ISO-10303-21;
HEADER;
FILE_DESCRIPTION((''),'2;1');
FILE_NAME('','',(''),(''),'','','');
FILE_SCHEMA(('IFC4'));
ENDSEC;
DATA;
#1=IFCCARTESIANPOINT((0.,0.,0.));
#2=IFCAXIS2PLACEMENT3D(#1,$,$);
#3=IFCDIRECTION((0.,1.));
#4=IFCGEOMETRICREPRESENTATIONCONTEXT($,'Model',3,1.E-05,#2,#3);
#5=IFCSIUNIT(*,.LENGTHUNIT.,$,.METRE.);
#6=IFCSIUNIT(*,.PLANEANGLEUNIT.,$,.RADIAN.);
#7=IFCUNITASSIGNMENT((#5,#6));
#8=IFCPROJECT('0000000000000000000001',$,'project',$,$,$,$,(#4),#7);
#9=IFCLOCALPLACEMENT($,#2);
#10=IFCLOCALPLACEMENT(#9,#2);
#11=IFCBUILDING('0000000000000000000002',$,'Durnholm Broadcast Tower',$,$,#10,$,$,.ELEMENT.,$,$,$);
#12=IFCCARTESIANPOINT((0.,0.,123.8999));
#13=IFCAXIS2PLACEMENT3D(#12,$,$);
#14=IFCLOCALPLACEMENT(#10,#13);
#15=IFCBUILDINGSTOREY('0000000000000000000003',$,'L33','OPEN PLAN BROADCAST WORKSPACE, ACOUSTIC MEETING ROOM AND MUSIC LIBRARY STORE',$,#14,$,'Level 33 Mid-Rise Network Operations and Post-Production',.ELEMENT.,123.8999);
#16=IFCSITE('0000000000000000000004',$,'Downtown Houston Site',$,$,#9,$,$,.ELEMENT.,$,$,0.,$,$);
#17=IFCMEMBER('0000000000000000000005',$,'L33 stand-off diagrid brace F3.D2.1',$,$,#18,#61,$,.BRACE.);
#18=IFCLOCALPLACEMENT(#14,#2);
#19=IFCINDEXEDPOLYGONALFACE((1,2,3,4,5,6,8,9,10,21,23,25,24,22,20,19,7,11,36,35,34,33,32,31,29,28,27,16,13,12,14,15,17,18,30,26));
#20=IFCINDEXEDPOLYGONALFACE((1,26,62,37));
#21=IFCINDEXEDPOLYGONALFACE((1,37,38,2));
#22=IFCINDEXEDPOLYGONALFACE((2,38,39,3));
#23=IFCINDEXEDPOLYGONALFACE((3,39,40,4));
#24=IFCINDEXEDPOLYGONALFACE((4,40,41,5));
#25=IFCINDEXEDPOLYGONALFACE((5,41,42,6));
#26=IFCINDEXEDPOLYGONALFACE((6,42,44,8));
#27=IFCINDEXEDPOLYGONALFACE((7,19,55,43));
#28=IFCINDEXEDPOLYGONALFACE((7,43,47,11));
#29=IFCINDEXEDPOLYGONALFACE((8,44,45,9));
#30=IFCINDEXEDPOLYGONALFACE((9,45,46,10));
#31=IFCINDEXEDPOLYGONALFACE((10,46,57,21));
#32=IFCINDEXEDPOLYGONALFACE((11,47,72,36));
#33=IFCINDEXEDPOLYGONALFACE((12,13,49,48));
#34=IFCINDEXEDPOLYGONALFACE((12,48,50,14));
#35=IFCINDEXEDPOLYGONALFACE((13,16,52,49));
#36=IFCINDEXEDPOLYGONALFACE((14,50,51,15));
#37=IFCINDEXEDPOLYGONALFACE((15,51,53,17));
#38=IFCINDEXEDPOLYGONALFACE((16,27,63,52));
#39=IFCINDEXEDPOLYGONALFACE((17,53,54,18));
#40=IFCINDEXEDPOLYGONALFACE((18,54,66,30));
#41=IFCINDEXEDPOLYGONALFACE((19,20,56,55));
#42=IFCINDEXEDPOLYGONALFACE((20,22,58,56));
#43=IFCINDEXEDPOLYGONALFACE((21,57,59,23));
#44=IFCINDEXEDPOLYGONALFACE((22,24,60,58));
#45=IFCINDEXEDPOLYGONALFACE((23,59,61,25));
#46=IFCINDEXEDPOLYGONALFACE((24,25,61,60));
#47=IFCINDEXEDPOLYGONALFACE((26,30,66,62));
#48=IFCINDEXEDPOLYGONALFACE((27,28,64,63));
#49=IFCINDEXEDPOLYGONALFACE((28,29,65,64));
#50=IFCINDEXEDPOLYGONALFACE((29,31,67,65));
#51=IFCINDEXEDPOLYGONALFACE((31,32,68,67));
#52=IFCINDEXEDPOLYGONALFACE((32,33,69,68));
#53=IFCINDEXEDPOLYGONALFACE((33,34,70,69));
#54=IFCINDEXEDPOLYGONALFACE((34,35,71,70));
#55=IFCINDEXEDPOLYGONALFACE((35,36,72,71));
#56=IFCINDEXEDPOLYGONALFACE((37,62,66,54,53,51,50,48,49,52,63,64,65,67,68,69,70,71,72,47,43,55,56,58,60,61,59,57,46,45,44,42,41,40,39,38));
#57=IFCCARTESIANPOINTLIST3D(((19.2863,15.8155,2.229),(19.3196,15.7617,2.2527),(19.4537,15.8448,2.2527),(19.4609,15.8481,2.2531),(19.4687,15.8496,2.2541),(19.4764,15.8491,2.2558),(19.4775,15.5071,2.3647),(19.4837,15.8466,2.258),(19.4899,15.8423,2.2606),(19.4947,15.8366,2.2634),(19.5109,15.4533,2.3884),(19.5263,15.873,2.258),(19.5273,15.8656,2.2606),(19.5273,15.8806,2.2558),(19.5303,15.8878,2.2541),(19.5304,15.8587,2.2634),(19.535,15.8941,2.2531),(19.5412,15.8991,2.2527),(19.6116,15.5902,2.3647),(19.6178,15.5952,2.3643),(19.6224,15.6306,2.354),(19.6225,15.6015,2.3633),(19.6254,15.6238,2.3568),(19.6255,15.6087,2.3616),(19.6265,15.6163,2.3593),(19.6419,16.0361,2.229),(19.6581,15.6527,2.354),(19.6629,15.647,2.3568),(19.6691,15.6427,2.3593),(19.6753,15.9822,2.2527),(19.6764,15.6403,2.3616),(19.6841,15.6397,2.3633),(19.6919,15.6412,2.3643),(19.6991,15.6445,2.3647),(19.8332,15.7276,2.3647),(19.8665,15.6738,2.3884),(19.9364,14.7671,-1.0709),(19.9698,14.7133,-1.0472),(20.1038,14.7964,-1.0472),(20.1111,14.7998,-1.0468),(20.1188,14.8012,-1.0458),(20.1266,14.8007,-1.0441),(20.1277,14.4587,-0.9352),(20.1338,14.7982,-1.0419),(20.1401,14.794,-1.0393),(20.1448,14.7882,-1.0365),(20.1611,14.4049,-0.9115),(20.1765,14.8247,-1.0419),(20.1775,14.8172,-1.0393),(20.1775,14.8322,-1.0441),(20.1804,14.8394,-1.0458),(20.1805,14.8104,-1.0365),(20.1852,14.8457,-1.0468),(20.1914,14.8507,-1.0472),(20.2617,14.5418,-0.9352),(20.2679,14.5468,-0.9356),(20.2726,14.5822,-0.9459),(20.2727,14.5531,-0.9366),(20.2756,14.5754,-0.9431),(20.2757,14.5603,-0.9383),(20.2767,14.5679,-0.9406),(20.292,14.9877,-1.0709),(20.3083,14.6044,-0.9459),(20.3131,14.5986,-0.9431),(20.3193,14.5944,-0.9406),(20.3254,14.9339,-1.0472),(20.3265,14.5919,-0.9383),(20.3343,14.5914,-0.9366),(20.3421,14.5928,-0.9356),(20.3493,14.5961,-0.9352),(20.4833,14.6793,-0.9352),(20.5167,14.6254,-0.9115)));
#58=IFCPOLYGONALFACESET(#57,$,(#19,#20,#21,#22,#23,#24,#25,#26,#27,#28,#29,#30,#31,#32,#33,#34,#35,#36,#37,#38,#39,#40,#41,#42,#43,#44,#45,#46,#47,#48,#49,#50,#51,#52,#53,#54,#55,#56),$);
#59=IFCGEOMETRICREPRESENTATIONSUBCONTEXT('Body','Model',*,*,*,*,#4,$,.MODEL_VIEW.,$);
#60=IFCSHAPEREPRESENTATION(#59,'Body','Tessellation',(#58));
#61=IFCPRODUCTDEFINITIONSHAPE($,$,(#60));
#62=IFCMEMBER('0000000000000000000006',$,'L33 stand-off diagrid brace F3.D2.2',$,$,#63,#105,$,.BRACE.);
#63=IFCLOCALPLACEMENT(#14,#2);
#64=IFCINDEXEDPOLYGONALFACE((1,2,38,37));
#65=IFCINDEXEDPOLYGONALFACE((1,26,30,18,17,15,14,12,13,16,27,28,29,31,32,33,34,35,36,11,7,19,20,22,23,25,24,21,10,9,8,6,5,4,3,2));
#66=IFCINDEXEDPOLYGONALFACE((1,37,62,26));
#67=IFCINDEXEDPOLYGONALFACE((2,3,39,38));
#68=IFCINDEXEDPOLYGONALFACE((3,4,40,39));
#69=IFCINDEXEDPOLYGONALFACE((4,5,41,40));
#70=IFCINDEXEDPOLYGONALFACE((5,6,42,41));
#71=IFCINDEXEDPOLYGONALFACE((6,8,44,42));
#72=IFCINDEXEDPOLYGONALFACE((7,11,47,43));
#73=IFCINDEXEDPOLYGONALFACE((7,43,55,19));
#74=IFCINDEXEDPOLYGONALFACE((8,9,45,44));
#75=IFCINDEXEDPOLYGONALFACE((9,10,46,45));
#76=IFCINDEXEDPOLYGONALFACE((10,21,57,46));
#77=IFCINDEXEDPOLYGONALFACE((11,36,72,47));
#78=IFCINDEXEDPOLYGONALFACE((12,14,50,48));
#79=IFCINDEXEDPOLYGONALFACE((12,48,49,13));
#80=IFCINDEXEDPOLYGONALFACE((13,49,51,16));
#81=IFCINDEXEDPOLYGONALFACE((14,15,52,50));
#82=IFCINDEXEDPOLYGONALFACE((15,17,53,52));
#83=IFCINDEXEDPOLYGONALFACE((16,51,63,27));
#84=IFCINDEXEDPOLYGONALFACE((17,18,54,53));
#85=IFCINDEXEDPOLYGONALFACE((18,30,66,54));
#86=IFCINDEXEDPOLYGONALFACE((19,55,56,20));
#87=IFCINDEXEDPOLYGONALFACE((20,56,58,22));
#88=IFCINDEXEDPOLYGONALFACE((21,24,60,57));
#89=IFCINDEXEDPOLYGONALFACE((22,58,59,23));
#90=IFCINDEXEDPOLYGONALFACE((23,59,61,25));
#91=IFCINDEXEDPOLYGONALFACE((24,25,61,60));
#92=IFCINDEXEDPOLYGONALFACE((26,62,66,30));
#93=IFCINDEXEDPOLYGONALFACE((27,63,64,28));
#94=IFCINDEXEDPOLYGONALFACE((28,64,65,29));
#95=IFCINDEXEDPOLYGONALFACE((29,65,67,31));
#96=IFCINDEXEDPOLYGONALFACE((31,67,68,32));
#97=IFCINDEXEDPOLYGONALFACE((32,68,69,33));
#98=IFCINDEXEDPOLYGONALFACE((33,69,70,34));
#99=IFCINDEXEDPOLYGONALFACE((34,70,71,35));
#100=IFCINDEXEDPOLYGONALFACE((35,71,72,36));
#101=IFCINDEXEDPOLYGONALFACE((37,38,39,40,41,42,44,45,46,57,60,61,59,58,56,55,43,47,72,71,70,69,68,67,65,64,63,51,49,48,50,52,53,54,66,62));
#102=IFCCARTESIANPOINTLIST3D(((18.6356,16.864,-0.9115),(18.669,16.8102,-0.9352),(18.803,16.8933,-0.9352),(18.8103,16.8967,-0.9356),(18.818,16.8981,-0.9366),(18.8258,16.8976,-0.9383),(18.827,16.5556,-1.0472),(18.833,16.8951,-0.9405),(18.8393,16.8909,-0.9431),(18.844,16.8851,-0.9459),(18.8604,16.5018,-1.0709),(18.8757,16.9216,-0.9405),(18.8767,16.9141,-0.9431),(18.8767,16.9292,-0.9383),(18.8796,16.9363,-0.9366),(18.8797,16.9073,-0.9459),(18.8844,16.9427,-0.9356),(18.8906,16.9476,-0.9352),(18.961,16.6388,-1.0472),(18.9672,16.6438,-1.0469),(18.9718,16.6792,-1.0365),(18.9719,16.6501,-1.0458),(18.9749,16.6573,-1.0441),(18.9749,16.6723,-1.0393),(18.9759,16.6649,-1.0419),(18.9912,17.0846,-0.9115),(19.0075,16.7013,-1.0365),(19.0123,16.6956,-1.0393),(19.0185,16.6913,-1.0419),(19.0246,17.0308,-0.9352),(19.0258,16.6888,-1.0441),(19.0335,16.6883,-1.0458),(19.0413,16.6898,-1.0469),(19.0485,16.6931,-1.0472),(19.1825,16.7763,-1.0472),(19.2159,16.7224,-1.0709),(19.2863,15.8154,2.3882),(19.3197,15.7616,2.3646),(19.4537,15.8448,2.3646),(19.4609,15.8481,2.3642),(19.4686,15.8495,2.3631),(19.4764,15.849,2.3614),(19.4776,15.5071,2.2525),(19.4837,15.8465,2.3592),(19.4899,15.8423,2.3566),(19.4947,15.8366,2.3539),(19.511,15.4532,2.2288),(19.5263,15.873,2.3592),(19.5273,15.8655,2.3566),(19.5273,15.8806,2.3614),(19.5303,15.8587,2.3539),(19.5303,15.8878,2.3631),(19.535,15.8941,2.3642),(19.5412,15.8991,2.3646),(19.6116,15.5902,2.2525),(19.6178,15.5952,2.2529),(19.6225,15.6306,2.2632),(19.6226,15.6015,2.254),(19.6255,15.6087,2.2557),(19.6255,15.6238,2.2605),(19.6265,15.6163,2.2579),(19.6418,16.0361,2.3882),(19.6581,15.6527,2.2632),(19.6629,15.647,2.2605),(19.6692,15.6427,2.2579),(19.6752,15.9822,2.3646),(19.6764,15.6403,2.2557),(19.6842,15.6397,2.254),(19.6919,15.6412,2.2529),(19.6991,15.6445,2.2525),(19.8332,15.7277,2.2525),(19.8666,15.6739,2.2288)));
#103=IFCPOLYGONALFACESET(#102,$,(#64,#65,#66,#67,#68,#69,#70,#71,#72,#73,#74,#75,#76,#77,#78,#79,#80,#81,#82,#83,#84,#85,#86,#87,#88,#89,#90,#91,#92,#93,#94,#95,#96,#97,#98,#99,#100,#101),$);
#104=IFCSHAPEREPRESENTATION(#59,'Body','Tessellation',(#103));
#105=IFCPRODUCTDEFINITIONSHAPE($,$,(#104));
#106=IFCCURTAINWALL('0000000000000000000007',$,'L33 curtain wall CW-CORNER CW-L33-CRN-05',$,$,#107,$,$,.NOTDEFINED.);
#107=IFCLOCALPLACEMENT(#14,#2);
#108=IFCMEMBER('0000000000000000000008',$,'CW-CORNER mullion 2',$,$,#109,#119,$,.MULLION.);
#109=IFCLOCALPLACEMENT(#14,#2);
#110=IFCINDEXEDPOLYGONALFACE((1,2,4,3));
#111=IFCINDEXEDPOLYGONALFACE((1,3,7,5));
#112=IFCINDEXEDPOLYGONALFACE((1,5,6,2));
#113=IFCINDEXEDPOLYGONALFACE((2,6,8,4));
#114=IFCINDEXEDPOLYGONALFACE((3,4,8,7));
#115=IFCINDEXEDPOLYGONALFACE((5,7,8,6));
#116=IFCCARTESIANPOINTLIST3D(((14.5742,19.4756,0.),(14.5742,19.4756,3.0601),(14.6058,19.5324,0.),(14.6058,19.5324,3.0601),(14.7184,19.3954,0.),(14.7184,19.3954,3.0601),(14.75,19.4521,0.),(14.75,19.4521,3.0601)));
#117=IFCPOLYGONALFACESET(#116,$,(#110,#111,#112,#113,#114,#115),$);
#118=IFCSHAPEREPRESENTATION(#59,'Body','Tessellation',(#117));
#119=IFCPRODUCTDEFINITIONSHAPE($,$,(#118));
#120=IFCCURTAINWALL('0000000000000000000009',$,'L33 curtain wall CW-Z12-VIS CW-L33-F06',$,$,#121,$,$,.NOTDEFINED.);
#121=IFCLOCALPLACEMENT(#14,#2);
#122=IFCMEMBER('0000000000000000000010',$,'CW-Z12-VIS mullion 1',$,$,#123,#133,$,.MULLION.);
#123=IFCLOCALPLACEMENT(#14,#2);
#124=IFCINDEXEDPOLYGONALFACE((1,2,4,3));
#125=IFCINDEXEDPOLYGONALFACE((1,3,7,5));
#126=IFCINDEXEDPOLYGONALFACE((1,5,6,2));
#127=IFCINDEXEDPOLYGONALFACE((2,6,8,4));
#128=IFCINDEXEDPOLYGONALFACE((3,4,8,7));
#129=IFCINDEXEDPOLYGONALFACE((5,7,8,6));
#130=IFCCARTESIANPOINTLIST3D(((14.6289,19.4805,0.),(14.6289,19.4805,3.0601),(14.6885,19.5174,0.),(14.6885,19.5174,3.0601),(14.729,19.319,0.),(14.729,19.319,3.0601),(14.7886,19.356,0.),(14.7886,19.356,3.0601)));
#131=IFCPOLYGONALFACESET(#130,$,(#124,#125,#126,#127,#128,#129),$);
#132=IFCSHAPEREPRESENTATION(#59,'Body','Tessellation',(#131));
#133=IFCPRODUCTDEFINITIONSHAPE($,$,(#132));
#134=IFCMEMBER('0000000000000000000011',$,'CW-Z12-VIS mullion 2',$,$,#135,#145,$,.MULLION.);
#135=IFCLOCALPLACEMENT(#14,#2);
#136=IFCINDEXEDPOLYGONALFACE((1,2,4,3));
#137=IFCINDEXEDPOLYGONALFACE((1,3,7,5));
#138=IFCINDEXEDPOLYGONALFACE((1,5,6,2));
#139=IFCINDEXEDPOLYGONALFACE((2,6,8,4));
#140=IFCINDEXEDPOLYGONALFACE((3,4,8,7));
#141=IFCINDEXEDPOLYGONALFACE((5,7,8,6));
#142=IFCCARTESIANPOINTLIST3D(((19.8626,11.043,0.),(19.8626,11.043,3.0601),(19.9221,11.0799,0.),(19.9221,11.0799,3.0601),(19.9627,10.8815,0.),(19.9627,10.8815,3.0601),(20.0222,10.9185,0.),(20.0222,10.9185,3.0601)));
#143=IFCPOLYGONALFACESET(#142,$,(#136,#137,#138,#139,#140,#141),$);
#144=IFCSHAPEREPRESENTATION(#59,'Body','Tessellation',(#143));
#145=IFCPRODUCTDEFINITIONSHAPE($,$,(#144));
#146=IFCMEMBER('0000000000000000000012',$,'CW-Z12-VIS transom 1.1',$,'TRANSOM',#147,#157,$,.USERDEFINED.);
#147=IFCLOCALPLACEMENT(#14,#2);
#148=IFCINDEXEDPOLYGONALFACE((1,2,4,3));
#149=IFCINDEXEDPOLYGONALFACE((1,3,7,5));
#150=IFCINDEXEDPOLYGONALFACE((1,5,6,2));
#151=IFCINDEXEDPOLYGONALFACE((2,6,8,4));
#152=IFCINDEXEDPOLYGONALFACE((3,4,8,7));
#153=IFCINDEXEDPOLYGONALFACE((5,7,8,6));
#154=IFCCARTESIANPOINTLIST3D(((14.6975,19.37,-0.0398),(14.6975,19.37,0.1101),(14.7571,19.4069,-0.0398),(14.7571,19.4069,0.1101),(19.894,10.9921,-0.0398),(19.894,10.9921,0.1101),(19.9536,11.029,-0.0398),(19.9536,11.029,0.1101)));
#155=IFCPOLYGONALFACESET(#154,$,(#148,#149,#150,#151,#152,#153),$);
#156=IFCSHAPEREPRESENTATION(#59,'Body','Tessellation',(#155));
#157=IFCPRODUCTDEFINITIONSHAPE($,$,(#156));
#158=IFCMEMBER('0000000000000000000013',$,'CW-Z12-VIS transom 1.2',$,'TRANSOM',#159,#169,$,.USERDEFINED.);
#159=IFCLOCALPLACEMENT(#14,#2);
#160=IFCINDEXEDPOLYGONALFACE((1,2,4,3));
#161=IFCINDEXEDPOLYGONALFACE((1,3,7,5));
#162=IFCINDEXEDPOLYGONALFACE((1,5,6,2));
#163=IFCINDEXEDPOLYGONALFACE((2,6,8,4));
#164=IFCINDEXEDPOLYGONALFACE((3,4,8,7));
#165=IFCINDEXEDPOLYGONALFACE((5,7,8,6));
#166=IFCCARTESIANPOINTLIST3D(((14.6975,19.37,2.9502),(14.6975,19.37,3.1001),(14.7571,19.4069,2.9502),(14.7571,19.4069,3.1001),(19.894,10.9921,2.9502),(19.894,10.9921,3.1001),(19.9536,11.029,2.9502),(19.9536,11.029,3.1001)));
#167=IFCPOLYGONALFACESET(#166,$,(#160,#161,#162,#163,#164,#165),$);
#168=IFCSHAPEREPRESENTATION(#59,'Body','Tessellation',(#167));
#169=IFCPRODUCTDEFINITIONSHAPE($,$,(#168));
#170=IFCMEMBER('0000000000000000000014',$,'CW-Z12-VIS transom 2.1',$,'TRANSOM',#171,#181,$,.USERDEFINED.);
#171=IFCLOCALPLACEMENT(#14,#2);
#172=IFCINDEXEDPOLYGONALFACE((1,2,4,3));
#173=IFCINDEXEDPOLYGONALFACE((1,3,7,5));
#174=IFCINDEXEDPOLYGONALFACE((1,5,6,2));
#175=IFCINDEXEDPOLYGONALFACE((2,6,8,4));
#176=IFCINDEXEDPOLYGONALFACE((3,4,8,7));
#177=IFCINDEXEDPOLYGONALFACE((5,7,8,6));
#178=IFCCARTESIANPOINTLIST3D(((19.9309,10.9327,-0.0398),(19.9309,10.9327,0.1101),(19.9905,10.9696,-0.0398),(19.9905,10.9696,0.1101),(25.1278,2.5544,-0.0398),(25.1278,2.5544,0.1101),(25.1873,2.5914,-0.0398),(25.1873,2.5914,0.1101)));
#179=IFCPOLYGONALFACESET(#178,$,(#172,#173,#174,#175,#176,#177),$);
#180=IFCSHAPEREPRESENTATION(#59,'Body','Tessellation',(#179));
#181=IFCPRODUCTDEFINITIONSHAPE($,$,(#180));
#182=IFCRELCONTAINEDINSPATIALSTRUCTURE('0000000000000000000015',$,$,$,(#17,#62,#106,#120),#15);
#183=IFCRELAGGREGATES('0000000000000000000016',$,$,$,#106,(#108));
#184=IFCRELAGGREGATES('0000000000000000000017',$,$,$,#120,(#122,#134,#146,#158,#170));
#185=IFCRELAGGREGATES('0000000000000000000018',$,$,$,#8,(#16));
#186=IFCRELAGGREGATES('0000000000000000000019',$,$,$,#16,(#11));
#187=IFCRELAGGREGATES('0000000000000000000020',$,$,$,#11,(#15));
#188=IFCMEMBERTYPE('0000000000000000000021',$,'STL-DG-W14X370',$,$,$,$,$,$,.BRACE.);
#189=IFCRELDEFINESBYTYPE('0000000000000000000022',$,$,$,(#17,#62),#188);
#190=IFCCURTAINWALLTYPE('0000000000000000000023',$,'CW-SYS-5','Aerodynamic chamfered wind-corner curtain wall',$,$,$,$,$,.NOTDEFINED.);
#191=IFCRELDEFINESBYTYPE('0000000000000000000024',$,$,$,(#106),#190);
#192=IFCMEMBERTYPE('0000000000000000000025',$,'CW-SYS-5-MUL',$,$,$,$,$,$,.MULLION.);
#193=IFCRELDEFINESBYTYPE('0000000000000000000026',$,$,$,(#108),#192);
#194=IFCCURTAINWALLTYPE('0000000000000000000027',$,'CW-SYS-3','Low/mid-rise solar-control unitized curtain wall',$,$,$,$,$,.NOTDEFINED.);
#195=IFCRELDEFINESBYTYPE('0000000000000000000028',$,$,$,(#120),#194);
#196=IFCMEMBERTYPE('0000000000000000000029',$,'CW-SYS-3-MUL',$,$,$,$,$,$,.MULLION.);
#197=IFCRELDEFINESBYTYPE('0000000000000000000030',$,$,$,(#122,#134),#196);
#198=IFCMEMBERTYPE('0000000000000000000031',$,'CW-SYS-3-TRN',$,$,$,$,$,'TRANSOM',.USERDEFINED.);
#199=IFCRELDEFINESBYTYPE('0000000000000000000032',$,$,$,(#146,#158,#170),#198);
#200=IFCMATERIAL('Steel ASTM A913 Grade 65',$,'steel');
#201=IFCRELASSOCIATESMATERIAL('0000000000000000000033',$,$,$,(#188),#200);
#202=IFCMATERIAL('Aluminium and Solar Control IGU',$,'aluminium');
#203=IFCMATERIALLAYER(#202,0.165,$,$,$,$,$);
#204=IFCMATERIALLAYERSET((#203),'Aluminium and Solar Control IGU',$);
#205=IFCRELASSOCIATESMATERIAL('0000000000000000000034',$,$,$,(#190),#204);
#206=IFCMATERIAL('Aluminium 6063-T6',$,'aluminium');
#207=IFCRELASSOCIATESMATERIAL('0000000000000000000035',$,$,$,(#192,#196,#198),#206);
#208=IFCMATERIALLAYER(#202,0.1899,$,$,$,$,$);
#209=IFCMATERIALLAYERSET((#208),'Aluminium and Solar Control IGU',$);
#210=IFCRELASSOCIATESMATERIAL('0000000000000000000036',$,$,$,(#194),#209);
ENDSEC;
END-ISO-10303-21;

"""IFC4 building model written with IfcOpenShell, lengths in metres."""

from ifc_helpers import new_model, si_unit, direction, frame, origin, origin_2d, place, context, subcontext, project, spatial, rectangle, i_section, extrude, source, transform, mapped, material, layer, layer_set, material_profile, profile_set, type_object, type_shapes, element, aggregate, save


model = new_model("IFC4")

# Units and contexts
model_context = context("Model", 3, precision=1e-05, world=origin(), true_north=direction((0.0, 1.0)))
body_context = subcontext(model_context, "Body", "Model", "MODEL_VIEW")
ifc_project = project(units=[si_unit("LENGTHUNIT", "METRE"), si_unit("PLANEANGLEUNIT", "RADIAN")], contexts=[model_context])

# Site, building, storey
site_placement = place(None, origin())
site = spatial("IfcSite", under=ifc_project, at=site_placement, Name="Downtown Houston Site", CompositionType="ELEMENT", RefElevation=0.0)
building_placement = place(site_placement, origin())
building = spatial("IfcBuilding", under=site, at=building_placement, Name="Durnholm Broadcast Tower", CompositionType="ELEMENT")
storey_placement = place(building_placement, frame((0.0, 0.0, 123.8999)))
storey = spatial("IfcBuildingStorey", under=building, at=storey_placement, Name="L33", Description="OPEN PLAN BROADCAST WORKSPACE, ACOUSTIC MEETING ROOM AND MUSIC LIBRARY STORE", LongName="Level 33 Mid-Rise Network Operations and Post-Production", CompositionType="ELEMENT", Elevation=123.8999)

# Members
ifc_material_1 = material(Name="Steel ASTM A913 Grade 65", Category="steel")
ifc_material_profile_1 = material_profile(ifc_material_1, i_section(OverallWidth=0.4185, OverallDepth=0.4551, WebThickness=0.042, FlangeThickness=0.0676, FilletRadius=0.0305, at=origin_2d()), Name="W14X370")
ifc_profile_set_1 = profile_set([ifc_material_profile_1], Name="Steel ASTM A913 Grade 65")
member_type_1 = type_object("IfcMemberType", Name="STL-DG-W14X370", PredefinedType="BRACE", material=ifc_profile_set_1)
shared_shape_1 = source(origin(), body_context, "Body", "SweptSolid", [
    extrude(i_section(OverallWidth=0.4185, OverallDepth=0.4551, WebThickness=0.042, FlangeThickness=0.0676, FilletRadius=0.0305, at=origin_2d()), origin(), (0.0, 0.0, 1.0), 3.5229),
])
type_shapes(member_type_1, [shared_shape_1])
for number, where, z_axis, x_axis, name in (
    (1, (20.2266, 14.6963, -0.9912), (-0.184552, 0.297584, 0.936688), (-0.849839, -0.527043, 0.0), "L33 stand-off diagrid brace F3.D2.1"),
    (2, (18.9258, 16.7932, -0.9912), (0.184682, -0.297639, 0.936645), (0.849717, 0.52724, 0.0), "L33 stand-off diagrid brace F3.D2.2"),
):
    element("IfcMember", number, at=place(storey_placement, frame(where, z_axis=z_axis, x_axis=x_axis)), inside=storey, type_object=member_type_1, Name=name, PredefinedType="BRACE", context=body_context, shape_type="MappedRepresentation", body=[
        mapped(shared_shape_1, transform((0.0, 0.0, 0.0), x_axis=(1.0, 0.0, 0.0), y_axis=(0.0, 1.0, 0.0), z_axis=(0.0, 0.0, 1.0), scale=1.0)),
    ])

# Curtain wall, member
ifc_material_2 = material(Name="Aluminium and Solar Control IGU", Category="aluminium")
ifc_layer_1 = layer(ifc_material_2, 0.165)
ifc_layer_set_1 = layer_set([ifc_layer_1], Name="Aluminium and Solar Control IGU")
curtain_wall_type_1 = type_object("IfcCurtainWallType", Name="CW-SYS-5", Description="Aerodynamic chamfered wind-corner curtain wall", PredefinedType="NOTDEFINED", material=ifc_layer_set_1)
curtain_wall_1_placement = place(storey_placement, origin())
curtain_wall_1 = element("IfcCurtainWall", 3, at=curtain_wall_1_placement, inside=storey, type_object=curtain_wall_type_1, Name="L33 curtain wall CW-CORNER CW-L33-CRN-05", PredefinedType="NOTDEFINED")
ifc_material_3 = material(Name="Aluminium 6063-T6", Category="aluminium")
ifc_material_profile_2 = material_profile(ifc_material_3, rectangle(XDim=0.0649, YDim=0.165, at=origin_2d()), Name="CWM65X165")
ifc_profile_set_2 = profile_set([ifc_material_profile_2], Name="Aluminium 6063-T6")
member_type_2 = type_object("IfcMemberType", Name="CW-SYS-5-MUL", PredefinedType="MULLION", material=ifc_profile_set_2)
shared_shape_2 = source(origin(), body_context, "Body", "SweptSolid", [
    extrude(rectangle(XDim=0.0649, YDim=0.165, at=origin_2d()), origin(), (0.0, 0.0, 1.0), 3.0601),
])
type_shapes(member_type_2, [shared_shape_2])
member_1_placement = place(storey_placement, frame((14.6621, 19.4639, 0.0), z_axis=(0.0, 0.0, 1.0), x_axis=(0.486244, 0.873823, 0.0)))
member_1 = element("IfcMember", 4, at=member_1_placement, type_object=member_type_2, Name="CW-CORNER mullion 2", PredefinedType="MULLION", context=body_context, shape_type="MappedRepresentation", body=[
    mapped(shared_shape_2, transform((0.0, 0.0, 0.0), x_axis=(1.0, 0.0, 0.0), y_axis=(0.0, 1.0, 0.0), z_axis=(0.0, 0.0, 1.0), scale=1.0)),
])

# Curtain wall, members
ifc_layer_2 = layer(ifc_material_2, 0.1899)
ifc_layer_set_2 = layer_set([ifc_layer_2], Name="Aluminium and Solar Control IGU")
curtain_wall_type_2 = type_object("IfcCurtainWallType", Name="CW-SYS-3", Description="Low/mid-rise solar-control unitized curtain wall", PredefinedType="NOTDEFINED", material=ifc_layer_set_2)
curtain_wall_2_placement = place(storey_placement, origin())
curtain_wall_2 = element("IfcCurtainWall", 5, at=curtain_wall_2_placement, inside=storey, type_object=curtain_wall_type_2, Name="L33 curtain wall CW-Z12-VIS CW-L33-F06", PredefinedType="NOTDEFINED")
ifc_material_profile_3 = material_profile(ifc_material_3, rectangle(XDim=0.0701, YDim=0.1899, at=origin_2d()), Name="CWM70X190")
ifc_profile_set_3 = profile_set([ifc_material_profile_3], Name="Aluminium 6063-T6")
member_type_3 = type_object("IfcMemberType", Name="CW-SYS-3-MUL", PredefinedType="MULLION", material=ifc_profile_set_3)
shared_shape_3 = source(origin(), body_context, "Body", "SweptSolid", [
    extrude(rectangle(XDim=0.0701, YDim=0.1899, at=origin_2d()), origin(), (0.0, 0.0, 1.0), 3.0601),
])
type_shapes(member_type_3, [shared_shape_3])
member_2_placement = place(storey_placement, frame((14.7087, 19.4182, 0.0), z_axis=(0.0, 0.0, 1.0), x_axis=(0.8498, 0.527105, 0.0)))
member_2 = element("IfcMember", 6, at=member_2_placement, type_object=member_type_3, Name="CW-Z12-VIS mullion 1", PredefinedType="MULLION", context=body_context, shape_type="MappedRepresentation", body=[
    mapped(shared_shape_3, transform((0.0, 0.0, 0.0), x_axis=(1.0, 0.0, 0.0), y_axis=(0.0, 1.0, 0.0), z_axis=(0.0, 0.0, 1.0), scale=1.0)),
])
member_3_placement = place(storey_placement, frame((19.9424, 10.9807, 0.0), z_axis=(0.0, 0.0, 1.0), x_axis=(0.8498, 0.527105, 0.0)))
member_3 = element("IfcMember", 7, at=member_3_placement, type_object=member_type_3, Name="CW-Z12-VIS mullion 2", PredefinedType="MULLION", context=body_context, shape_type="MappedRepresentation", body=[
    mapped(shared_shape_3, transform((0.0, 0.0, 0.0), x_axis=(1.0, 0.0, 0.0), y_axis=(0.0, 1.0, 0.0), z_axis=(0.0, 0.0, 1.0), scale=1.0)),
])
ifc_material_profile_4 = material_profile(ifc_material_3, rectangle(XDim=0.0701, YDim=0.1499, at=origin_2d()), Name="CWT70X150")
ifc_profile_set_4 = profile_set([ifc_material_profile_4], Name="Aluminium 6063-T6")
member_type_4 = type_object("IfcMemberType", Name="CW-SYS-3-TRN", ElementType="TRANSOM", PredefinedType="USERDEFINED", material=ifc_profile_set_4)
shared_shape_4 = source(origin(), body_context, "Body", "SweptSolid", [
    extrude(rectangle(XDim=0.0701, YDim=0.1499, at=origin_2d()), origin(), (0.0, 0.0, 1.0), 9.8586),
])
member_4_placement = place(storey_placement, frame((14.7273, 19.3884, 0.0352), z_axis=(0.527102, -0.849802, 0.0), x_axis=(0.849802, 0.527102, 0.0)))
member_4 = element("IfcMember", 8, at=member_4_placement, type_object=member_type_4, Name="CW-Z12-VIS transom 1.1", ObjectType="TRANSOM", PredefinedType="USERDEFINED", context=body_context, shape_type="MappedRepresentation", body=[
    mapped(shared_shape_4, transform((0.0, 0.0, 0.0), x_axis=(1.0, 0.0, 0.0), y_axis=(0.0, 1.0, 0.0), z_axis=(0.0, 0.0, 1.0), scale=1.0)),
])
member_5_placement = place(storey_placement, frame((14.7273, 19.3884, 3.0251), z_axis=(0.527102, -0.849802, 0.0), x_axis=(0.849802, 0.527102, 0.0)))
member_5 = element("IfcMember", 9, at=member_5_placement, type_object=member_type_4, Name="CW-Z12-VIS transom 1.2", ObjectType="TRANSOM", PredefinedType="USERDEFINED", context=body_context, shape_type="MappedRepresentation", body=[
    mapped(shared_shape_4, transform((0.0, 0.0, 0.0), x_axis=(1.0, 0.0, 0.0), y_axis=(0.0, 1.0, 0.0), z_axis=(0.0, 0.0, 1.0), scale=1.0)),
])
shared_shape_5 = source(origin(), body_context, "Body", "SweptSolid", [
    extrude(rectangle(XDim=0.0701, YDim=0.1499, at=origin_2d()), origin(), (0.0, 0.0, 1.0), 9.8591),
])
type_shapes(member_type_4, [shared_shape_4, shared_shape_5])
member_6_placement = place(storey_placement, frame((19.9607, 10.9512, 0.0352), z_axis=(0.527109, -0.849798, 0.0), x_axis=(0.849798, 0.527109, 0.0)))
member_6 = element("IfcMember", 10, at=member_6_placement, type_object=member_type_4, Name="CW-Z12-VIS transom 2.1", ObjectType="TRANSOM", PredefinedType="USERDEFINED", context=body_context, shape_type="MappedRepresentation", body=[
    mapped(shared_shape_5, transform((0.0, 0.0, 0.0), x_axis=(1.0, 0.0, 0.0), y_axis=(0.0, 1.0, 0.0), z_axis=(0.0, 0.0, 1.0), scale=1.0)),
])

aggregate(curtain_wall_1, [member_1])
aggregate(curtain_wall_2, [member_2, member_3, member_4, member_5, member_6])

save(model, "model.ifc")
